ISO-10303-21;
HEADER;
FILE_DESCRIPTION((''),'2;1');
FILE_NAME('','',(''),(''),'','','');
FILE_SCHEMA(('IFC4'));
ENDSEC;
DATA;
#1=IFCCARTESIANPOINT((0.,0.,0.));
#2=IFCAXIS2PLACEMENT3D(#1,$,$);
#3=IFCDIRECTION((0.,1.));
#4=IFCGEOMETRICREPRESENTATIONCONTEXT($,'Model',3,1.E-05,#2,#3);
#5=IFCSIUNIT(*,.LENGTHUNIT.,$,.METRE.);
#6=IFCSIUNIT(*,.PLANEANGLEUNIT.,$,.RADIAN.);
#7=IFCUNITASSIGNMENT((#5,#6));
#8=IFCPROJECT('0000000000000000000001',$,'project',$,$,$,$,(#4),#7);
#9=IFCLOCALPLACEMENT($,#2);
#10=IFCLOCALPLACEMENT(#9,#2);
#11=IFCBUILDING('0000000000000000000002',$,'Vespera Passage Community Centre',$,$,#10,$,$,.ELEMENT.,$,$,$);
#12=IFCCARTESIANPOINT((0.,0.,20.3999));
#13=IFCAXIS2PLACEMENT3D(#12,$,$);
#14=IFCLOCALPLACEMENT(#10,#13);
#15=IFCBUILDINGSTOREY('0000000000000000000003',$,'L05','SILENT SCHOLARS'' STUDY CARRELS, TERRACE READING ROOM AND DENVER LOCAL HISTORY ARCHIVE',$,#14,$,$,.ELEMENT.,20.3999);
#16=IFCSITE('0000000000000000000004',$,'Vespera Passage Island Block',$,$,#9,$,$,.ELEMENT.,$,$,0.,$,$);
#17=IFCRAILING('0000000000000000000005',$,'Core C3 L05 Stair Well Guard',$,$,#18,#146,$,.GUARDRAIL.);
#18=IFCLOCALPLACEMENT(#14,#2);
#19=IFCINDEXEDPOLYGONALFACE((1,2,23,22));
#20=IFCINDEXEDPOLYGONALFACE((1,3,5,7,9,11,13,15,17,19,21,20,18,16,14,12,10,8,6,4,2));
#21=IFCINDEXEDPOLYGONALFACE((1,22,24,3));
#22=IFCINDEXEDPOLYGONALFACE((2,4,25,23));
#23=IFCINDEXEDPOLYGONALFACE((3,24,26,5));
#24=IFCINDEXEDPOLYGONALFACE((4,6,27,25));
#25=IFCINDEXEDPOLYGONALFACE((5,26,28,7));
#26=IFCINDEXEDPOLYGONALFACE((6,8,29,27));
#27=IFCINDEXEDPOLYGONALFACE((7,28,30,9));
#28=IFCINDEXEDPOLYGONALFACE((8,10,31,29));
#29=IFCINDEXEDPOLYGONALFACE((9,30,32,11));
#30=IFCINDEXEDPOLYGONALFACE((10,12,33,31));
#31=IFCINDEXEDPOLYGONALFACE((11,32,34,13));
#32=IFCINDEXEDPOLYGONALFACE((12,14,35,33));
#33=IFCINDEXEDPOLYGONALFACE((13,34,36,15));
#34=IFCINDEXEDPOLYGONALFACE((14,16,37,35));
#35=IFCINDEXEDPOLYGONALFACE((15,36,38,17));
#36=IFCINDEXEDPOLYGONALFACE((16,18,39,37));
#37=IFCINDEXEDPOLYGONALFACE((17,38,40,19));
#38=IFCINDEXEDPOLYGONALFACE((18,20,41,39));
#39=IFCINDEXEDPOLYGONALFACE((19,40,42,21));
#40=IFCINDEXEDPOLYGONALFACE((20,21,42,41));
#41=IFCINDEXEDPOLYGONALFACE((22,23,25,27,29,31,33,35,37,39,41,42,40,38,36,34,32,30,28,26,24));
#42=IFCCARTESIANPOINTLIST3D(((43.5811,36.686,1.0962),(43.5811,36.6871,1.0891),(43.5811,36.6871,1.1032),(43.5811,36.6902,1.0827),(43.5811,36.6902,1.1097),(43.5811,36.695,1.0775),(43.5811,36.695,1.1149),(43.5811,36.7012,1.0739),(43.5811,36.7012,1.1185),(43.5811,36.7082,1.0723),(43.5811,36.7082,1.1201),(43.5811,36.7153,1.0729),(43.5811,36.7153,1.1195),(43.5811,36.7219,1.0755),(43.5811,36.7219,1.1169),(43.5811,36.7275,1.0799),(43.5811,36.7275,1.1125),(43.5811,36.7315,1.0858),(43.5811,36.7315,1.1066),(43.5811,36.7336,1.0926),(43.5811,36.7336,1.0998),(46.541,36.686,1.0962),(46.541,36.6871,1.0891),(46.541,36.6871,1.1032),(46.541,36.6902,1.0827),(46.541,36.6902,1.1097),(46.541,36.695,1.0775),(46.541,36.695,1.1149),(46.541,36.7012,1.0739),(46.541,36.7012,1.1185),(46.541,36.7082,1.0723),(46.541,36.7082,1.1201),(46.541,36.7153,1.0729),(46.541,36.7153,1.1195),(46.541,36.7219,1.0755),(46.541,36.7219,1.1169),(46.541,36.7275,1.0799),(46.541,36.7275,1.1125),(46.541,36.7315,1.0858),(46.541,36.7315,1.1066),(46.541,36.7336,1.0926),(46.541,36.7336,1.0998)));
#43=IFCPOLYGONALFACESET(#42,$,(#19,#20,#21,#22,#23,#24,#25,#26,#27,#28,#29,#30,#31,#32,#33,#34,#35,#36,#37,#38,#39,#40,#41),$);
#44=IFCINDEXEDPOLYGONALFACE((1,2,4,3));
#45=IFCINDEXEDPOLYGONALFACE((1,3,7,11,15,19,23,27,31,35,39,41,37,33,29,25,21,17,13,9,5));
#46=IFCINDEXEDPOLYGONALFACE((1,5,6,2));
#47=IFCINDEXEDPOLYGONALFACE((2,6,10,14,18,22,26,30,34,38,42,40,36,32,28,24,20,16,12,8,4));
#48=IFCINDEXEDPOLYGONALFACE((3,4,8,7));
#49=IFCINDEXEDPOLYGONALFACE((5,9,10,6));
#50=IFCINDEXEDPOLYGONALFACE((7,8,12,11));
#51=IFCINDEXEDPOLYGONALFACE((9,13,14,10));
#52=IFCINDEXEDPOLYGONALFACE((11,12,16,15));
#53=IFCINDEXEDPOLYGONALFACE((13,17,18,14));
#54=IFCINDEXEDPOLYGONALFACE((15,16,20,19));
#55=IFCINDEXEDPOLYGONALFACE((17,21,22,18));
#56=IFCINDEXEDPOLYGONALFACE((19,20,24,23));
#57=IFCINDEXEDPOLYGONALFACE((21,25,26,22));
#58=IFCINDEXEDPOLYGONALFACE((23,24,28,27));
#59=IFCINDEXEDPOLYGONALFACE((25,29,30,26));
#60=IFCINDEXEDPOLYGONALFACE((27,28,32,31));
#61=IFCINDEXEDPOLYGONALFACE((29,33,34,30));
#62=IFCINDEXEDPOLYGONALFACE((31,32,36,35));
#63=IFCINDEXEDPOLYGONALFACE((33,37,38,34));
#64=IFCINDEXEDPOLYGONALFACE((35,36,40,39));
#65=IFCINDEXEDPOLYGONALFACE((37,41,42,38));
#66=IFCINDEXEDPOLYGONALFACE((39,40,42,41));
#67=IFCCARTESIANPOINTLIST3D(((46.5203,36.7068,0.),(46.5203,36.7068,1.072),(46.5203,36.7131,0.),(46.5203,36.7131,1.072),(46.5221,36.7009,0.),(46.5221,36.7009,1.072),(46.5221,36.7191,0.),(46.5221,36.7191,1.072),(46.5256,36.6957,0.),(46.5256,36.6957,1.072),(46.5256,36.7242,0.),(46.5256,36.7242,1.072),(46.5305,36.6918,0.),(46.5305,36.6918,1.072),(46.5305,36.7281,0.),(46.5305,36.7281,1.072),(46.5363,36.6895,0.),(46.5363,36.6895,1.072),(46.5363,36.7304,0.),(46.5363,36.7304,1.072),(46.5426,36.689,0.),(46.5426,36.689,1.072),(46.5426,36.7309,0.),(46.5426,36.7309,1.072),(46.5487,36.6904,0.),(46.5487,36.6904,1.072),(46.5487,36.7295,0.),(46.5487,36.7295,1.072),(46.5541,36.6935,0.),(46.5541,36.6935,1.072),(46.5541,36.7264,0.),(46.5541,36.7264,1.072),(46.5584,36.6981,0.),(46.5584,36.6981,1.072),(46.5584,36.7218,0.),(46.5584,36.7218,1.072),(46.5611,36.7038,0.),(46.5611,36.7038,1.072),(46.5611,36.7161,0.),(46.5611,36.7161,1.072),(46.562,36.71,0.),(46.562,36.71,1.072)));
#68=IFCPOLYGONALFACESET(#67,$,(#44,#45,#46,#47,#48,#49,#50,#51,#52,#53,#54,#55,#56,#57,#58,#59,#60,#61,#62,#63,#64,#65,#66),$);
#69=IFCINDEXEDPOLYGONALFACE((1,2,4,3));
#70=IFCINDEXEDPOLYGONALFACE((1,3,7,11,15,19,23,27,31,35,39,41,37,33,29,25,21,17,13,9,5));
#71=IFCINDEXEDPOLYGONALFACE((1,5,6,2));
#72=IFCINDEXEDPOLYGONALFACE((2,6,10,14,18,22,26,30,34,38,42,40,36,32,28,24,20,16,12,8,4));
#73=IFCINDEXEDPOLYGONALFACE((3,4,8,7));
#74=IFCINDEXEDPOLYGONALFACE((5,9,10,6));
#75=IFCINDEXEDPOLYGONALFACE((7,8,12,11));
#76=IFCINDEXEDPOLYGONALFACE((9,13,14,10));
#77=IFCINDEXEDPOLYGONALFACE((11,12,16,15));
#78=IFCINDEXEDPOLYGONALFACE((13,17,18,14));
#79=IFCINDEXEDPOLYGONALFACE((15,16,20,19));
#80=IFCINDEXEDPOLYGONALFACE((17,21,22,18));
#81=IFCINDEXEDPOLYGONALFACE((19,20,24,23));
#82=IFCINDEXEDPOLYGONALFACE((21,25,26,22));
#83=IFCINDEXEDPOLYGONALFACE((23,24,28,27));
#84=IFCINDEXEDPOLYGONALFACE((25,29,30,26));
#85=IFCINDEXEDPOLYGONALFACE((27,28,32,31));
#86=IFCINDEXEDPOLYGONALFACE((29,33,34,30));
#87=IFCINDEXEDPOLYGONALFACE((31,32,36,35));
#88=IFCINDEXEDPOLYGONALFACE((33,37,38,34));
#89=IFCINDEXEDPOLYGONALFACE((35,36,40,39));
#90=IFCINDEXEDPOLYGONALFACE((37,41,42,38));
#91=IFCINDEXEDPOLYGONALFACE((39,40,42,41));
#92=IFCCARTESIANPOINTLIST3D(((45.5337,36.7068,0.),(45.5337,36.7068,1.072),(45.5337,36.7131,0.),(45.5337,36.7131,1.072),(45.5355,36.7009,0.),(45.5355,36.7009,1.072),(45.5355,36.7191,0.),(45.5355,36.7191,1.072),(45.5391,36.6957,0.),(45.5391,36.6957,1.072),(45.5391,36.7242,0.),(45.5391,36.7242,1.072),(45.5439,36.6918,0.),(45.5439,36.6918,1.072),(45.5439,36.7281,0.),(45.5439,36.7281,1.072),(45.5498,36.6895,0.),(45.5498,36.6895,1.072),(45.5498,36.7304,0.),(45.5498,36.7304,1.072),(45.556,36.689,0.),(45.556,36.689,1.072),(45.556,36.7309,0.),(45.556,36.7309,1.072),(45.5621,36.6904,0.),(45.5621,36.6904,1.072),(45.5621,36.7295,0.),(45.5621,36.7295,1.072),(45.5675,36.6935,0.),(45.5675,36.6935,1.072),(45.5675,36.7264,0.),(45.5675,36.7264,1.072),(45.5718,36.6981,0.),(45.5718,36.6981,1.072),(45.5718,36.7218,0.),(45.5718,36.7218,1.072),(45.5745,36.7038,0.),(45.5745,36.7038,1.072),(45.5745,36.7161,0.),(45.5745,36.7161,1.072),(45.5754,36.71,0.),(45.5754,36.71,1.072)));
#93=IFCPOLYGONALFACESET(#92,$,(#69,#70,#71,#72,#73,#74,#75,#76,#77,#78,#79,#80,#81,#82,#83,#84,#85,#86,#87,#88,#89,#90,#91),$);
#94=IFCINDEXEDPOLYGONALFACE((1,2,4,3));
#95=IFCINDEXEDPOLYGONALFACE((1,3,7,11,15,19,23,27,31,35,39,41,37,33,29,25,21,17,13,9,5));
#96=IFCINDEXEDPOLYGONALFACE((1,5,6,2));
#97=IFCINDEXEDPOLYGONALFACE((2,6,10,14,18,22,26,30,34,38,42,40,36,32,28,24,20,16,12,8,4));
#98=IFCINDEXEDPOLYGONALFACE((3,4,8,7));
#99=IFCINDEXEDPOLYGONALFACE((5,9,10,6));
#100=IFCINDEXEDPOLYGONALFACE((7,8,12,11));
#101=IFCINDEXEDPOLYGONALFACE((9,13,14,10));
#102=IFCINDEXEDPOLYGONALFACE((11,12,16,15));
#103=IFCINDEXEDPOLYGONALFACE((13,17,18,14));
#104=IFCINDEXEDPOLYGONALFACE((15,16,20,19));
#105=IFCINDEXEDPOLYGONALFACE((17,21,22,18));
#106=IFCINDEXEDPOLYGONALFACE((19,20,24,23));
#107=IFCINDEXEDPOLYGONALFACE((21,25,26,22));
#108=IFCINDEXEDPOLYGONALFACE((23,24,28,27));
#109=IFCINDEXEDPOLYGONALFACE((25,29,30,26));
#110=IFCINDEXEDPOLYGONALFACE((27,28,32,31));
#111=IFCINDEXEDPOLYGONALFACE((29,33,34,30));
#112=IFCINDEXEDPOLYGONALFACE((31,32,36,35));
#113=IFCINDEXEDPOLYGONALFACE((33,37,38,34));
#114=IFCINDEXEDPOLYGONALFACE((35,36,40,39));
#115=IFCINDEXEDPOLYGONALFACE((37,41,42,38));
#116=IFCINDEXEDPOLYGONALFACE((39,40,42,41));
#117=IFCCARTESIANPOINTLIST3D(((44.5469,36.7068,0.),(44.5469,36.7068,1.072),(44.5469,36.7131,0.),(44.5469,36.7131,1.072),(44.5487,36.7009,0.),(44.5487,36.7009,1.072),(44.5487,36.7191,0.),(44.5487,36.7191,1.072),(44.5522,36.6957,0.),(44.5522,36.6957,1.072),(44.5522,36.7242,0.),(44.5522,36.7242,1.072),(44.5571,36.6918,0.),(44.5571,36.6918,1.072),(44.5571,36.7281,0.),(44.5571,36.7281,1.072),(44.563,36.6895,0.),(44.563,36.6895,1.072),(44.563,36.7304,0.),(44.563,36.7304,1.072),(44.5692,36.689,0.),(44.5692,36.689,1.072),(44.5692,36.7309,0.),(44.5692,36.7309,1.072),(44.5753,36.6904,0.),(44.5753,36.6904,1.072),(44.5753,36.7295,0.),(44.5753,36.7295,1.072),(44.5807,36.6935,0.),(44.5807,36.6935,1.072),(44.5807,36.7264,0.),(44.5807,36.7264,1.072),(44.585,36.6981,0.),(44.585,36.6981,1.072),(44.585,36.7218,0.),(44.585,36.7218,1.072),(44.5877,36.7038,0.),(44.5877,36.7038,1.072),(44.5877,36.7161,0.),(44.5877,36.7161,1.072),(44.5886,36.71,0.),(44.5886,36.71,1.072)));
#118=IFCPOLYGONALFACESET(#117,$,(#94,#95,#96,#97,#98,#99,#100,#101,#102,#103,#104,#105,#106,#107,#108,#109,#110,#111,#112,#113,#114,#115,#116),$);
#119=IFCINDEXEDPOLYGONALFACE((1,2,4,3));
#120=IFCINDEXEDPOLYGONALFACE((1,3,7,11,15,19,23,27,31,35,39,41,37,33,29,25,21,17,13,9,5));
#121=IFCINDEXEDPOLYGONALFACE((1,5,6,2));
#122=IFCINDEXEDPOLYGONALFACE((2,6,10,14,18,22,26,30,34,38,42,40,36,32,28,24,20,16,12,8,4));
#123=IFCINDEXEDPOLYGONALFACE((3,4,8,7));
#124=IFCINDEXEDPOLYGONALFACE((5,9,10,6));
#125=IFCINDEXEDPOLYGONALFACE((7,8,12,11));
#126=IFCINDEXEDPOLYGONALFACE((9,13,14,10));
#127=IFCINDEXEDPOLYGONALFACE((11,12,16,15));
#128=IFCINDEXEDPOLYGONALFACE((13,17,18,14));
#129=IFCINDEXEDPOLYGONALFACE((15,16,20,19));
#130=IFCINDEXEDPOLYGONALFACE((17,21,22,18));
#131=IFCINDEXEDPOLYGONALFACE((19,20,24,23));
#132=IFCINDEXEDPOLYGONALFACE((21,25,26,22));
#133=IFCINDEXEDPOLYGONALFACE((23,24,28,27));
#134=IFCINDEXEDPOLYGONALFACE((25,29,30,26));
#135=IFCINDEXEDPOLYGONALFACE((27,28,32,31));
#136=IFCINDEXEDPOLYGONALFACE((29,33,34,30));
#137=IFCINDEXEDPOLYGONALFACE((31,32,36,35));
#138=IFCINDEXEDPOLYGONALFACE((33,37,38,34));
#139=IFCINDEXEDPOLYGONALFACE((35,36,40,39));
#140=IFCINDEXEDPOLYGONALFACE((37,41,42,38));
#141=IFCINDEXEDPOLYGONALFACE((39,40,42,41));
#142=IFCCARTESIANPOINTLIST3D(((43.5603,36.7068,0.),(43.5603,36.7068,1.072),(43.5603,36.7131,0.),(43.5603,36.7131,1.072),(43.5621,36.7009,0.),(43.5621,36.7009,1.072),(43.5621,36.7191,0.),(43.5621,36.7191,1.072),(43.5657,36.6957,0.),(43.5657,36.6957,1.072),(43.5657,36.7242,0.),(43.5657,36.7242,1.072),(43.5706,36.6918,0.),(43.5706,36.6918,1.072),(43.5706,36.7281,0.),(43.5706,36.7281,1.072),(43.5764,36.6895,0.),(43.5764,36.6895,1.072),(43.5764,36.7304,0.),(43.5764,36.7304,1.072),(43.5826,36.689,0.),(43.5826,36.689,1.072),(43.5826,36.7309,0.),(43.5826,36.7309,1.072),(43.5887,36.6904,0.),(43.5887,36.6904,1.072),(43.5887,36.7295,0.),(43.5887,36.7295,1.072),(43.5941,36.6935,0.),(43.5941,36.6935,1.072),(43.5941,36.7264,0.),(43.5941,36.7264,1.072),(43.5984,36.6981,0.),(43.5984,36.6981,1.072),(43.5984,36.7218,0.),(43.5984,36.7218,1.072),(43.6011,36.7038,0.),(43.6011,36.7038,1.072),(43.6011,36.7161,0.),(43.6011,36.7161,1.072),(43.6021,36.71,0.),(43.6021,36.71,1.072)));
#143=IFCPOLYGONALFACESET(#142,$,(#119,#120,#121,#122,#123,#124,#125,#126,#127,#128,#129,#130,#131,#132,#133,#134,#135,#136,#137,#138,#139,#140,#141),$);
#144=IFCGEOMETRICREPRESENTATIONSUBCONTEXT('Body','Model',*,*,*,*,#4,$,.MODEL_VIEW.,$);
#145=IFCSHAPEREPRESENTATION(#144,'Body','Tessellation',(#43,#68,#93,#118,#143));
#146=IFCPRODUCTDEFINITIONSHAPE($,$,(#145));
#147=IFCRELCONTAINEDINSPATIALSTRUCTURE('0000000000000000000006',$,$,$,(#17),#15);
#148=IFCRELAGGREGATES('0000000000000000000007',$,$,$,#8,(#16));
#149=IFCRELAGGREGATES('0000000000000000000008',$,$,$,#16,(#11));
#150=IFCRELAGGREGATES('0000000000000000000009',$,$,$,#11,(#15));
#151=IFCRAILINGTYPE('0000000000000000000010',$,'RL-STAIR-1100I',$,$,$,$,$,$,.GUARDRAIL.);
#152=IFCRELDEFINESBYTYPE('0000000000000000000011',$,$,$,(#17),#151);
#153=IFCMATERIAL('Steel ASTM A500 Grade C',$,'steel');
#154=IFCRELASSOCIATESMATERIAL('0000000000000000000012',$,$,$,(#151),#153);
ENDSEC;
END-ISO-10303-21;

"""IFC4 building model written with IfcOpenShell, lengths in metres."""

from ifc_helpers import new_model, si_unit, direction, frame, origin, origin_2d, place, context, subcontext, project, spatial, circle, extrude, material, type_object, element, save


model = new_model("IFC4")

# Units and contexts
model_context = context("Model", 3, precision=1e-05, world=origin(), true_north=direction((0.0, 1.0)))
body_context = subcontext(model_context, "Body", "Model", "MODEL_VIEW")
ifc_project = project(units=[si_unit("LENGTHUNIT", "METRE"), si_unit("PLANEANGLEUNIT", "RADIAN")], contexts=[model_context])

# Site, building, storey
site_placement = place(None, origin())
site = spatial("IfcSite", under=ifc_project, at=site_placement, Name="Vespera Passage Island Block", CompositionType="ELEMENT", RefElevation=0.0)
building_placement = place(site_placement, origin())
building = spatial("IfcBuilding", under=site, at=building_placement, Name="Vespera Passage Community Centre", CompositionType="ELEMENT")
storey_placement = place(building_placement, frame((0.0, 0.0, 20.3999)))
storey = spatial("IfcBuildingStorey", under=building, at=storey_placement, Name="L05", Description="SILENT SCHOLARS' STUDY CARRELS, TERRACE READING ROOM AND DENVER LOCAL HISTORY ARCHIVE", CompositionType="ELEMENT", Elevation=20.3999)

# Railing
ifc_material_1 = material(Name="Steel ASTM A500 Grade C", Category="steel")
railing_type = type_object("IfcRailingType", Name="RL-STAIR-1100I", PredefinedType="GUARDRAIL", material=ifc_material_1)
railing_1_placement = place(storey_placement, frame((46.541, 36.71, 0.0)))
element("IfcRailing", 1, at=railing_1_placement, inside=storey, type_object=railing_type, Name="Core C3 L05 Stair Well Guard", PredefinedType="GUARDRAIL", context=body_context, shape_type="SweptSolid", body=[
    extrude(circle(Radius=0.0239, at=origin_2d()), frame((0.0, 0.0, 1.0962), z_axis=(-1.0, 0.0, 0.0), x_axis=(0.0, -1.0, 0.0)), (0.0, 0.0, 1.0), 2.96),
    extrude(circle(Radius=0.021, at=origin_2d()), origin(), (0.0, 0.0, 1.0), 1.072),
    extrude(circle(Radius=0.021, at=origin_2d()), frame((-0.9866, 0.0, 0.0)), (0.0, 0.0, 1.0), 1.072),
    extrude(circle(Radius=0.021, at=origin_2d()), frame((-1.9734, 0.0, 0.0)), (0.0, 0.0, 1.0), 1.072),
    extrude(circle(Radius=0.021, at=origin_2d()), frame((-2.96, 0.0, 0.0)), (0.0, 0.0, 1.0), 1.072),
])

save(model, "model.ifc")
